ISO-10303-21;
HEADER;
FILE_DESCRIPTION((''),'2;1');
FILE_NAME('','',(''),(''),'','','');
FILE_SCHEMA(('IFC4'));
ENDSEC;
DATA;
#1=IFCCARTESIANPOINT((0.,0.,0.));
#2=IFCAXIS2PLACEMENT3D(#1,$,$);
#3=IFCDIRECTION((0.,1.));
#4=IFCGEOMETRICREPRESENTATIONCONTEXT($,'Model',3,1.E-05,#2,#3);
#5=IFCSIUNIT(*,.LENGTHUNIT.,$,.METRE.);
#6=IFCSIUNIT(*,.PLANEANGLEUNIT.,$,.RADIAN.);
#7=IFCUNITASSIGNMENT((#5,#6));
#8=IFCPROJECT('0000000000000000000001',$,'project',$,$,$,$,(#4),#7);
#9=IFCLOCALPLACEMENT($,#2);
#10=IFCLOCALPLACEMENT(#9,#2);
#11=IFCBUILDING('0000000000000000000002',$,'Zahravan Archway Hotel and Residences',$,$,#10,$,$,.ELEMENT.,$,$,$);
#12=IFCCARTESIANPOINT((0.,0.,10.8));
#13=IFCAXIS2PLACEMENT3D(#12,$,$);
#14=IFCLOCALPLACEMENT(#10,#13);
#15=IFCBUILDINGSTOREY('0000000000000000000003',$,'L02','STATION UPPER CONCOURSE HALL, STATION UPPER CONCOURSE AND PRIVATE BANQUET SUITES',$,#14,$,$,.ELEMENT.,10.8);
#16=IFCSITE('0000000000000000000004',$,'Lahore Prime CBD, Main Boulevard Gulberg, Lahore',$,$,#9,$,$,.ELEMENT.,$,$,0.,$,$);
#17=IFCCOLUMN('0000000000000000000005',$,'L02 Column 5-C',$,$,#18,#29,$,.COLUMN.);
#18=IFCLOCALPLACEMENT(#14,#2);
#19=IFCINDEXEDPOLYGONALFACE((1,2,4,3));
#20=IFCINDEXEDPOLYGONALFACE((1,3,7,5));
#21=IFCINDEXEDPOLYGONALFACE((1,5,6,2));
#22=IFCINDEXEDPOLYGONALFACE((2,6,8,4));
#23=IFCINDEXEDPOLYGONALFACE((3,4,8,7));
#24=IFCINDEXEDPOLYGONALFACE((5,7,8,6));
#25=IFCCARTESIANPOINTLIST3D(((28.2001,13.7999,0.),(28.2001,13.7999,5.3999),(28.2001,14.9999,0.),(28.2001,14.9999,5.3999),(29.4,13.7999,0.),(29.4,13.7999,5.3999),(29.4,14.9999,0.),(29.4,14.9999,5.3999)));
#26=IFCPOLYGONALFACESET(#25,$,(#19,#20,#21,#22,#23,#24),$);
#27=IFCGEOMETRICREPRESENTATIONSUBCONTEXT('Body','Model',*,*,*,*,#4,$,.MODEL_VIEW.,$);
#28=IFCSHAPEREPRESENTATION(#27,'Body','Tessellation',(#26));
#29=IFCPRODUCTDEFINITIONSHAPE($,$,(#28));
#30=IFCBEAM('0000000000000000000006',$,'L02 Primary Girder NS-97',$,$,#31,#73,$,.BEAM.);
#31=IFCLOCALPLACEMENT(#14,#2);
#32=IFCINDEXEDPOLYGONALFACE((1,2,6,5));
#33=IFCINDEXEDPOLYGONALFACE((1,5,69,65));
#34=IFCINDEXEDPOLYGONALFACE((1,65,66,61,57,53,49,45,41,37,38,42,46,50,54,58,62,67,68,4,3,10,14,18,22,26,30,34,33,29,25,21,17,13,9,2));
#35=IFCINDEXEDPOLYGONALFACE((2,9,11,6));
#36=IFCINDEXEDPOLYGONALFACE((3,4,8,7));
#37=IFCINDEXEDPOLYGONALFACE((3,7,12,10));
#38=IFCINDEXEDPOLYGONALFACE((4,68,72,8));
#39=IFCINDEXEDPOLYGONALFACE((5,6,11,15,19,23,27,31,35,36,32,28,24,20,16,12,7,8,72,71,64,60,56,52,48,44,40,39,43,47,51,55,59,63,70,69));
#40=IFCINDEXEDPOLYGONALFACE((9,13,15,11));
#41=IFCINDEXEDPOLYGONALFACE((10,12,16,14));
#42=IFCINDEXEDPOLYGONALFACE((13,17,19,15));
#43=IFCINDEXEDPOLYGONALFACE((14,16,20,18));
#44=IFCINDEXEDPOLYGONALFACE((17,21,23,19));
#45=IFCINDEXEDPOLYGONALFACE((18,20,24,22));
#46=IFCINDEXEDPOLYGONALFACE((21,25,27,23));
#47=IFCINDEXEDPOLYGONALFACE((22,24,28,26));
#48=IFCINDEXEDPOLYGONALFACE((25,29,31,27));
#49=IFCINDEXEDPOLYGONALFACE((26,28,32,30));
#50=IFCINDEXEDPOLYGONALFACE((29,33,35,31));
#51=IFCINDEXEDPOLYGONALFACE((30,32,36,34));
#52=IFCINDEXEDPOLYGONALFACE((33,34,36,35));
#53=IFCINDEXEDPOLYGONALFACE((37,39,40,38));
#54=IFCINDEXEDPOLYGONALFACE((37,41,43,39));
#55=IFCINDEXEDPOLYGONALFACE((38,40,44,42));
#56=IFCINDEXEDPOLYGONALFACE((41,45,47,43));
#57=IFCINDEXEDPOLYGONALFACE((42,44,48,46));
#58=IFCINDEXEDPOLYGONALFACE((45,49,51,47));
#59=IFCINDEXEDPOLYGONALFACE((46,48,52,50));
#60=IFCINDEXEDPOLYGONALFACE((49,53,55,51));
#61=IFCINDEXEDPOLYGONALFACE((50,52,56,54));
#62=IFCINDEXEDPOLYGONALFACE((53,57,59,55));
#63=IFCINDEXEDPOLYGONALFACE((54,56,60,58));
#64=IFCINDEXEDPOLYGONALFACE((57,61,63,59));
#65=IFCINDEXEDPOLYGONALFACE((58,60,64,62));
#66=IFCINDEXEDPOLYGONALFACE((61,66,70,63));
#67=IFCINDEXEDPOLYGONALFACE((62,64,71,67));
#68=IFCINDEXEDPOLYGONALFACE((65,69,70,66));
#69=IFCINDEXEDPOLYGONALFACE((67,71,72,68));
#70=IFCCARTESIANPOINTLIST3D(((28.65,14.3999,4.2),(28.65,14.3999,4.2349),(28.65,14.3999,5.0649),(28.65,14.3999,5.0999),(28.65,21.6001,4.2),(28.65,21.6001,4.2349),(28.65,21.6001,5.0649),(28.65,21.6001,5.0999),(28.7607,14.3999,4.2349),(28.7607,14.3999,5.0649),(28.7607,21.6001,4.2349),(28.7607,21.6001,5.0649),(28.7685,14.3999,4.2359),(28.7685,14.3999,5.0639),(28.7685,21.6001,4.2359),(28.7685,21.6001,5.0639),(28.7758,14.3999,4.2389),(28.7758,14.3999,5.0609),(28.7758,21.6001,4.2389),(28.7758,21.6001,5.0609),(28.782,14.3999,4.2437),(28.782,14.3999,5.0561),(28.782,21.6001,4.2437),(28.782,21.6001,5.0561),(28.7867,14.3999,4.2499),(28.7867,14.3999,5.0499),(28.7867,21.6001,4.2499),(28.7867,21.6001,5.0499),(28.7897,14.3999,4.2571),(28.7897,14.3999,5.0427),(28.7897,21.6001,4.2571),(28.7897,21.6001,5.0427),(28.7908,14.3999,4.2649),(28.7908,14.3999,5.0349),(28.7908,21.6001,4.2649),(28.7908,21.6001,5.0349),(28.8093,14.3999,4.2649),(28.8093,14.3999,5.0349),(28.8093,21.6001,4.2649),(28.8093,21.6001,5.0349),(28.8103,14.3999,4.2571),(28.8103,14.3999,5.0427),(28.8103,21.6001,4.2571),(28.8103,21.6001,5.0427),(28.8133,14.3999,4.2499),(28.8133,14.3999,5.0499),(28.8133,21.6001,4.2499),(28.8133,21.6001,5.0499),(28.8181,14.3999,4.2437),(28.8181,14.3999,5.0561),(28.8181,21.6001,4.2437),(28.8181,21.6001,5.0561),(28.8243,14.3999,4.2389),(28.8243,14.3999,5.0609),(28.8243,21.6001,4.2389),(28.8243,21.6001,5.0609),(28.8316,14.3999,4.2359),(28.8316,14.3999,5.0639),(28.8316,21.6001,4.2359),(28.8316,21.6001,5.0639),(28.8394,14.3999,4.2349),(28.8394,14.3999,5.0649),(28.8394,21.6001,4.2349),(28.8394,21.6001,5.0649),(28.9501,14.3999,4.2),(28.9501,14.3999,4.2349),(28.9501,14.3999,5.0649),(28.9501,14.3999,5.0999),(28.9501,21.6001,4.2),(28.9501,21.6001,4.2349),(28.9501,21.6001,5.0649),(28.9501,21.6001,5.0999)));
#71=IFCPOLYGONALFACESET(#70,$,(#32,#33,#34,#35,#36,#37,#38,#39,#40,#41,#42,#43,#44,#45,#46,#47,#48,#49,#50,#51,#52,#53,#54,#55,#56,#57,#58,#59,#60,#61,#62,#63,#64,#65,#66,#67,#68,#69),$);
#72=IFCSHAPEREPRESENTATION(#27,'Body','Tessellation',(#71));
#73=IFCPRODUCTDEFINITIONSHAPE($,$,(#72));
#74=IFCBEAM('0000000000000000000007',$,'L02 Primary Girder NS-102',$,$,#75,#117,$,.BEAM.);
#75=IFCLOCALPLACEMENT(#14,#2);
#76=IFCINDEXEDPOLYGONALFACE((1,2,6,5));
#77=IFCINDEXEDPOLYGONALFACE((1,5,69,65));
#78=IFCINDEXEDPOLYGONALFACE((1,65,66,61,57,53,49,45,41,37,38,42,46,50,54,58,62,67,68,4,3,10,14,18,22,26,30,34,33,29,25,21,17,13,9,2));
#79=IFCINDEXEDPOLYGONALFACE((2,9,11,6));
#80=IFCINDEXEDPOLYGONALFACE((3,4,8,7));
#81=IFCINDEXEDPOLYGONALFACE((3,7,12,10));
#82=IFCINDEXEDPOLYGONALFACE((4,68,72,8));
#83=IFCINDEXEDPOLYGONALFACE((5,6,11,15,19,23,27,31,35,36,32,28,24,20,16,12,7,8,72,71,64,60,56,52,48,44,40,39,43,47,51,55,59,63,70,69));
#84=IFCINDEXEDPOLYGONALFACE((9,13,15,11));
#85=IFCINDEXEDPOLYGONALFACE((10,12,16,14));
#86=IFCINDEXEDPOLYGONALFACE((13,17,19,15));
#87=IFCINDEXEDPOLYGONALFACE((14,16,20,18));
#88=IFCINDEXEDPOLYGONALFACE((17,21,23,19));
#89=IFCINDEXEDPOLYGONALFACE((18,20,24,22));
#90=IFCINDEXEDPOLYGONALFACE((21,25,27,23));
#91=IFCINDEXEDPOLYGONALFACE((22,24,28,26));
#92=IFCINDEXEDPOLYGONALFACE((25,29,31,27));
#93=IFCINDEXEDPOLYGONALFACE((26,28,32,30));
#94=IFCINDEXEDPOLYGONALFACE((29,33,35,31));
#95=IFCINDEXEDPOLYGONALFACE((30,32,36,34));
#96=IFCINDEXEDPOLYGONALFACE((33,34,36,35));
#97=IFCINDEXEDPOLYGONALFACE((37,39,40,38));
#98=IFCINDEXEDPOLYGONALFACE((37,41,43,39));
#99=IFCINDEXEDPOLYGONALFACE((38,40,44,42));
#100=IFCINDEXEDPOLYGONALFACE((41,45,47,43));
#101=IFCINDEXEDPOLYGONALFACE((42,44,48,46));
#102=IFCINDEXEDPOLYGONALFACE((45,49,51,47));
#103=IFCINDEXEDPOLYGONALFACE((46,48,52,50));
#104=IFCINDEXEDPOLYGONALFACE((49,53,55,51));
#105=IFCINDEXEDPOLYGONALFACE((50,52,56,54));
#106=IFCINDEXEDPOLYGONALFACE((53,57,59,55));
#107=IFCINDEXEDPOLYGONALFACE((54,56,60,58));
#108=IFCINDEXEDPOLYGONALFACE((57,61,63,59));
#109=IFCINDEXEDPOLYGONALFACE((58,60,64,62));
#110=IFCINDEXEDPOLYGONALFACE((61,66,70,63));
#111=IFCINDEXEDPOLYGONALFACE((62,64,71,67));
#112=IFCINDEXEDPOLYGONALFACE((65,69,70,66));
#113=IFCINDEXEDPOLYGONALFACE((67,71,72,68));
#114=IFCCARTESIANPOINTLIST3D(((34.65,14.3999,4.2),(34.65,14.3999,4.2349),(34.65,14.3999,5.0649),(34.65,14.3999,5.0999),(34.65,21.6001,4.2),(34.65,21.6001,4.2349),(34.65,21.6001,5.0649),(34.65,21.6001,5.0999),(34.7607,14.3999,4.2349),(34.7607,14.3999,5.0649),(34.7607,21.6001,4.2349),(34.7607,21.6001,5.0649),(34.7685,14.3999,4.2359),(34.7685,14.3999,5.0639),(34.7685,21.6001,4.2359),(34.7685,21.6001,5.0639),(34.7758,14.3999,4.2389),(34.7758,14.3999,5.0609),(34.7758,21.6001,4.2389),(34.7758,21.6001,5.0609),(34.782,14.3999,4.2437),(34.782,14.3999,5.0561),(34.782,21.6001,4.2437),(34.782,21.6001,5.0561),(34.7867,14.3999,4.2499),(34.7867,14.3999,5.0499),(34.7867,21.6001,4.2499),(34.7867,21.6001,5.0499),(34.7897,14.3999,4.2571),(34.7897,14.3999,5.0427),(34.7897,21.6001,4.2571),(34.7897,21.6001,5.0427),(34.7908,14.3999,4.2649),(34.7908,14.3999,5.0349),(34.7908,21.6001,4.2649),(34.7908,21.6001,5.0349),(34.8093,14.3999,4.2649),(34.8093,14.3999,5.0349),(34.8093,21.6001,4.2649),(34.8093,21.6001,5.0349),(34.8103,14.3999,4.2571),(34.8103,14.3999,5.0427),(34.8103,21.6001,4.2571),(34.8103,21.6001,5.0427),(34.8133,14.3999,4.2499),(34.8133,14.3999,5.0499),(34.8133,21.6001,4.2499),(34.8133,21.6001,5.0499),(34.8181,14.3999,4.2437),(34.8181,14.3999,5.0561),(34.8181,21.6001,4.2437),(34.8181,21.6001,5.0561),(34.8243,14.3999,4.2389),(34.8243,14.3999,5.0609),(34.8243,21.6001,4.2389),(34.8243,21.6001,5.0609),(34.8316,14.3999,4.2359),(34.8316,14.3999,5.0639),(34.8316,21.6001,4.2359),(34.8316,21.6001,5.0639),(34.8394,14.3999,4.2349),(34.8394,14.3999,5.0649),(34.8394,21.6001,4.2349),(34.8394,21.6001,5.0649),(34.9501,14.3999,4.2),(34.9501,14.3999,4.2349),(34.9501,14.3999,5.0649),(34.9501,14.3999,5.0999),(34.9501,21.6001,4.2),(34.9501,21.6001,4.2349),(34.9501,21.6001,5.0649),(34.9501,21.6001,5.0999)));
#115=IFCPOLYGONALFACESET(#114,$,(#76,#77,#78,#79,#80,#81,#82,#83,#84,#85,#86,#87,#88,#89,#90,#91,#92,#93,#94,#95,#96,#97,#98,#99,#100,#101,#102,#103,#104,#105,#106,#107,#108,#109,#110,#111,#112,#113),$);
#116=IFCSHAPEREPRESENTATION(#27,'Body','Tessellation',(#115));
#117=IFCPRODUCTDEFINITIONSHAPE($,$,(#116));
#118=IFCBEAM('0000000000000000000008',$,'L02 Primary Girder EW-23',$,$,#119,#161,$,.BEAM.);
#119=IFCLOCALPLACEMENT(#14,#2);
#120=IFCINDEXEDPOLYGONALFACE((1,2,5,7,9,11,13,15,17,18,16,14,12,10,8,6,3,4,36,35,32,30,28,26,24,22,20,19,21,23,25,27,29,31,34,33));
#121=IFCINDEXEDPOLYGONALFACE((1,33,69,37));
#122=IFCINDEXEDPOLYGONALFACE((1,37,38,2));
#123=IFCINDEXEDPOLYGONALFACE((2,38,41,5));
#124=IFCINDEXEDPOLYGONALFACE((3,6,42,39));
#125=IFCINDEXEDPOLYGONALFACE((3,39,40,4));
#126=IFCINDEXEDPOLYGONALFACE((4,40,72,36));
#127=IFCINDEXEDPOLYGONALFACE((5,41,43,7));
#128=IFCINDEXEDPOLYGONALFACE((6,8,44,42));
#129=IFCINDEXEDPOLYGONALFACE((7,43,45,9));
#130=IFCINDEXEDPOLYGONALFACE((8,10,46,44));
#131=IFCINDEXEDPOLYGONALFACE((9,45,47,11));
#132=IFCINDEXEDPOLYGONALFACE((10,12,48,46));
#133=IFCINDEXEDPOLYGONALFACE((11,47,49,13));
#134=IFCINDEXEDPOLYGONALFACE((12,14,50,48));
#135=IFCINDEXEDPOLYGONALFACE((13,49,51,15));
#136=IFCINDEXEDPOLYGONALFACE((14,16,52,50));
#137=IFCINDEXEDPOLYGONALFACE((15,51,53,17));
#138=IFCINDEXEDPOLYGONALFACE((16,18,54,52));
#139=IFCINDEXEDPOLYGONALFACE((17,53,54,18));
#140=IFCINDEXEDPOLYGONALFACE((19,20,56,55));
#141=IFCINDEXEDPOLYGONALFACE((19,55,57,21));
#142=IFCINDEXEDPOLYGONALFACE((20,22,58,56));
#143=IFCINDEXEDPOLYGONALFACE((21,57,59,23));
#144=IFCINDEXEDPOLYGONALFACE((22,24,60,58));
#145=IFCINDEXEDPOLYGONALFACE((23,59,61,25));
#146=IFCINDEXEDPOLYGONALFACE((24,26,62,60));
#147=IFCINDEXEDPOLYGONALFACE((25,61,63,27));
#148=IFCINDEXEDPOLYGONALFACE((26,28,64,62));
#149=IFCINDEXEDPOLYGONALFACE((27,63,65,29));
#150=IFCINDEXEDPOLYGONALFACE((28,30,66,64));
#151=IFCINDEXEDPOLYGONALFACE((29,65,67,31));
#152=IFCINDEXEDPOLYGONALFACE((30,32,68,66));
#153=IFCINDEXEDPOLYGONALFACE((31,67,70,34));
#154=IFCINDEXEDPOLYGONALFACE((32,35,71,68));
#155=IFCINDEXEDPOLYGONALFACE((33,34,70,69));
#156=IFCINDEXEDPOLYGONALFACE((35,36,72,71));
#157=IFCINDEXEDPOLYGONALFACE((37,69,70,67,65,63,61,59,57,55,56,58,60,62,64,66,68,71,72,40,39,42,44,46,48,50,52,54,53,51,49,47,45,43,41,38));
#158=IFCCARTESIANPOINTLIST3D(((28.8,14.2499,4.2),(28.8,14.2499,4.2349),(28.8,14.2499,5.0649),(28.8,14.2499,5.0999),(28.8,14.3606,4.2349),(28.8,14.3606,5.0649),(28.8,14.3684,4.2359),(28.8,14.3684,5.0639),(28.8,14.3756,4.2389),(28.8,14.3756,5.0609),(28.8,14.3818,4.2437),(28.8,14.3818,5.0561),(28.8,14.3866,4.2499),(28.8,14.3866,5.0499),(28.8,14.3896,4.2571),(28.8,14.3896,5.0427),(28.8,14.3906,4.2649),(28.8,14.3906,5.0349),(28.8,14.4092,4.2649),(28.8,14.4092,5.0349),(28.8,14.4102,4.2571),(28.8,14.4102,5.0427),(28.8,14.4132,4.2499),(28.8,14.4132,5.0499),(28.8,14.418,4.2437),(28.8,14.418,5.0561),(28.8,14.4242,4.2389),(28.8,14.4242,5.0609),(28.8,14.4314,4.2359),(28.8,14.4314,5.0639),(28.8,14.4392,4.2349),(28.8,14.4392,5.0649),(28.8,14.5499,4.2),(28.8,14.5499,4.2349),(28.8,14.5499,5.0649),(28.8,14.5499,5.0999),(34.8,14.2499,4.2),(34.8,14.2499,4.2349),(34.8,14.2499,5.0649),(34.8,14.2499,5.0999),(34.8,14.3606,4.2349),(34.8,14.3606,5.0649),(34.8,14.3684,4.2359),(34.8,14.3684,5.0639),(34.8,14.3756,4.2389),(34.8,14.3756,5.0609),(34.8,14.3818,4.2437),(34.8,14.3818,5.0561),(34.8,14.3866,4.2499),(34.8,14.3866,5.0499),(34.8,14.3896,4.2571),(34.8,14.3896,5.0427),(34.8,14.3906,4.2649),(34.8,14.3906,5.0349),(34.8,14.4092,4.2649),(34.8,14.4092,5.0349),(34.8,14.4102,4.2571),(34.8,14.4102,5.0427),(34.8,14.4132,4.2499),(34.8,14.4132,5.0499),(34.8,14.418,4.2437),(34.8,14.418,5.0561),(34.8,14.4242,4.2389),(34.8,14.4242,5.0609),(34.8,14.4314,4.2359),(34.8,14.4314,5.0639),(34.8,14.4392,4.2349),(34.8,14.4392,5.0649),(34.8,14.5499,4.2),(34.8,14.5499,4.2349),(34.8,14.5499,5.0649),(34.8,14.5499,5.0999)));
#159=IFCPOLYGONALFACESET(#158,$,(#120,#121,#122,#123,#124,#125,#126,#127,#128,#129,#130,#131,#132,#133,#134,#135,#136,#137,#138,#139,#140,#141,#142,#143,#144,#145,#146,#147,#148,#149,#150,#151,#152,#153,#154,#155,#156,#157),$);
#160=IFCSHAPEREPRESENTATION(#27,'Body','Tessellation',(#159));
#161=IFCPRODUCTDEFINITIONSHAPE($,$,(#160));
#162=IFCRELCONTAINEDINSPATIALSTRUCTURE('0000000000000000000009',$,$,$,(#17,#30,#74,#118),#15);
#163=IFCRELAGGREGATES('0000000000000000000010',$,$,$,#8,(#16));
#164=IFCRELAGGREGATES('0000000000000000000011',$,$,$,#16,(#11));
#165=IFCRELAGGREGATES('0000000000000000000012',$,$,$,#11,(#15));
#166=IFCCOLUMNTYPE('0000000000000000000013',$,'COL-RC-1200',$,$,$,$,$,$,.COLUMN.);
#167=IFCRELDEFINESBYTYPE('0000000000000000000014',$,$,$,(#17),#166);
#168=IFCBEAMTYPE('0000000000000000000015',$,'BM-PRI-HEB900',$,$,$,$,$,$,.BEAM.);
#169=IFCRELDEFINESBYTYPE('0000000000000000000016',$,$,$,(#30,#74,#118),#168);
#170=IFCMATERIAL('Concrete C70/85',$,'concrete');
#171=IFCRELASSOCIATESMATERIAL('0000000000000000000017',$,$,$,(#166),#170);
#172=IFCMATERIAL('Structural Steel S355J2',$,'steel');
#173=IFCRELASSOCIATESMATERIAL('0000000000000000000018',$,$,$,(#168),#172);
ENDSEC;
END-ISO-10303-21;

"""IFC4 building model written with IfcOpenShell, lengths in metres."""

from ifc_helpers import new_model, si_unit, direction, frame, origin, origin_2d, place, context, subcontext, project, spatial, rectangle, i_section, extrude, source, transform, mapped, material, material_profile, profile_set, type_object, element, save


model = new_model("IFC4")

# Units and contexts
model_context = context("Model", 3, precision=1e-05, world=origin(), true_north=direction((0.0, 1.0)))
body_context = subcontext(model_context, "Body", "Model", "MODEL_VIEW")
ifc_project = project(units=[si_unit("LENGTHUNIT", "METRE"), si_unit("PLANEANGLEUNIT", "RADIAN")], contexts=[model_context])

# Site, building, storey
site_placement = place(None, origin())
site = spatial("IfcSite", under=ifc_project, at=site_placement, Name="Lahore Prime CBD, Main Boulevard Gulberg, Lahore", CompositionType="ELEMENT", RefElevation=0.0)
building_placement = place(site_placement, origin())
building = spatial("IfcBuilding", under=site, at=building_placement, Name="Zahravan Archway Hotel and Residences", CompositionType="ELEMENT")
storey_placement = place(building_placement, frame((0.0, 0.0, 10.8)))
storey = spatial("IfcBuildingStorey", under=building, at=storey_placement, Name="L02", Description="STATION UPPER CONCOURSE HALL, STATION UPPER CONCOURSE AND PRIVATE BANQUET SUITES", CompositionType="ELEMENT", Elevation=10.8)

# Column
ifc_material_1 = material(Name="Concrete C70/85", Category="concrete")
ifc_material_profile_1 = material_profile(ifc_material_1, rectangle(XDim=1.2, YDim=1.2, at=origin_2d()), Name="RC-COL-1200x1200", Category="concrete")
ifc_profile_set_1 = profile_set([ifc_material_profile_1], Name="Concrete C70/85")
column_type = type_object("IfcColumnType", Name="COL-RC-1200", PredefinedType="COLUMN", material=ifc_profile_set_1)
shared_shape_1 = source(origin(), body_context, "Body", "SweptSolid", [
    extrude(rectangle(XDim=1.2, YDim=1.2, at=origin_2d()), origin(), (0.0, 0.0, 1.0), 5.3999),
])
column_placement = place(storey_placement, frame((28.8, 14.3999, 0.0), z_axis=(0.0, 0.0, 1.0), x_axis=(1.0, 0.0, 0.0)))
element("IfcColumn", 1, at=column_placement, inside=storey, type_object=column_type, Name="L02 Column 5-C", PredefinedType="COLUMN", context=body_context, shape_type="MappedRepresentation", body=[
    mapped(shared_shape_1, transform((0.0, 0.0, 0.0), scale=1.0)),
])

# Beams
ifc_material_2 = material(Name="Structural Steel S355J2", Category="steel")
ifc_material_profile_2 = material_profile(ifc_material_2, i_section(OverallWidth=0.3, OverallDepth=0.8999, WebThickness=0.0186, FlangeThickness=0.0349, FilletRadius=0.03, at=origin_2d()), Name="HEB 900", Category="steel")
ifc_profile_set_2 = profile_set([ifc_material_profile_2], Name="Structural Steel S355J2")
beam_type_1 = type_object("IfcBeamType", Name="BM-PRI-HEB900", PredefinedType="BEAM", material=ifc_profile_set_2)
shared_shape_2 = source(origin(), body_context, "Body", "SweptSolid", [
    extrude(i_section(OverallWidth=0.3, OverallDepth=0.8999, WebThickness=0.0186, FlangeThickness=0.0349, FilletRadius=0.03, at=origin_2d()), origin(), (0.0, 0.0, 1.0), 7.2002),
])
for number, where, z_axis, x_axis, name in (
    (2, (28.8, 14.3999, 4.6499), (0.0, 1.0, 0.0), (-1.0, 0.0, 0.0), "L02 Primary Girder NS-97"),
    (3, (34.8, 14.3999, 4.6499), (0.0, 1.0, 0.0), (-1.0, 0.0, 0.0), "L02 Primary Girder NS-102"),
):
    element("IfcBeam", number, at=place(storey_placement, frame(where, z_axis=z_axis, x_axis=x_axis)), inside=storey, type_object=beam_type_1, Name=name, PredefinedType="BEAM", context=body_context, shape_type="MappedRepresentation", body=[
        mapped(shared_shape_2, transform((0.0, 0.0, 0.0), scale=1.0)),
    ])
shared_shape_3 = source(origin(), body_context, "Body", "SweptSolid", [
    extrude(i_section(OverallWidth=0.3, OverallDepth=0.8999, WebThickness=0.0186, FlangeThickness=0.0349, FilletRadius=0.03, at=origin_2d()), origin(), (0.0, 0.0, 1.0), 6.0),
])
beam_1_placement = place(storey_placement, frame((28.8, 14.3999, 4.6499), z_axis=(1.0, 0.0, 0.0), x_axis=(0.0, 1.0, 0.0)))
element("IfcBeam", 4, at=beam_1_placement, inside=storey, type_object=beam_type_1, Name="L02 Primary Girder EW-23", PredefinedType="BEAM", context=body_context, shape_type="MappedRepresentation", body=[
    mapped(shared_shape_3, transform((0.0, 0.0, 0.0), scale=1.0)),
])

save(model, "model.ifc")
